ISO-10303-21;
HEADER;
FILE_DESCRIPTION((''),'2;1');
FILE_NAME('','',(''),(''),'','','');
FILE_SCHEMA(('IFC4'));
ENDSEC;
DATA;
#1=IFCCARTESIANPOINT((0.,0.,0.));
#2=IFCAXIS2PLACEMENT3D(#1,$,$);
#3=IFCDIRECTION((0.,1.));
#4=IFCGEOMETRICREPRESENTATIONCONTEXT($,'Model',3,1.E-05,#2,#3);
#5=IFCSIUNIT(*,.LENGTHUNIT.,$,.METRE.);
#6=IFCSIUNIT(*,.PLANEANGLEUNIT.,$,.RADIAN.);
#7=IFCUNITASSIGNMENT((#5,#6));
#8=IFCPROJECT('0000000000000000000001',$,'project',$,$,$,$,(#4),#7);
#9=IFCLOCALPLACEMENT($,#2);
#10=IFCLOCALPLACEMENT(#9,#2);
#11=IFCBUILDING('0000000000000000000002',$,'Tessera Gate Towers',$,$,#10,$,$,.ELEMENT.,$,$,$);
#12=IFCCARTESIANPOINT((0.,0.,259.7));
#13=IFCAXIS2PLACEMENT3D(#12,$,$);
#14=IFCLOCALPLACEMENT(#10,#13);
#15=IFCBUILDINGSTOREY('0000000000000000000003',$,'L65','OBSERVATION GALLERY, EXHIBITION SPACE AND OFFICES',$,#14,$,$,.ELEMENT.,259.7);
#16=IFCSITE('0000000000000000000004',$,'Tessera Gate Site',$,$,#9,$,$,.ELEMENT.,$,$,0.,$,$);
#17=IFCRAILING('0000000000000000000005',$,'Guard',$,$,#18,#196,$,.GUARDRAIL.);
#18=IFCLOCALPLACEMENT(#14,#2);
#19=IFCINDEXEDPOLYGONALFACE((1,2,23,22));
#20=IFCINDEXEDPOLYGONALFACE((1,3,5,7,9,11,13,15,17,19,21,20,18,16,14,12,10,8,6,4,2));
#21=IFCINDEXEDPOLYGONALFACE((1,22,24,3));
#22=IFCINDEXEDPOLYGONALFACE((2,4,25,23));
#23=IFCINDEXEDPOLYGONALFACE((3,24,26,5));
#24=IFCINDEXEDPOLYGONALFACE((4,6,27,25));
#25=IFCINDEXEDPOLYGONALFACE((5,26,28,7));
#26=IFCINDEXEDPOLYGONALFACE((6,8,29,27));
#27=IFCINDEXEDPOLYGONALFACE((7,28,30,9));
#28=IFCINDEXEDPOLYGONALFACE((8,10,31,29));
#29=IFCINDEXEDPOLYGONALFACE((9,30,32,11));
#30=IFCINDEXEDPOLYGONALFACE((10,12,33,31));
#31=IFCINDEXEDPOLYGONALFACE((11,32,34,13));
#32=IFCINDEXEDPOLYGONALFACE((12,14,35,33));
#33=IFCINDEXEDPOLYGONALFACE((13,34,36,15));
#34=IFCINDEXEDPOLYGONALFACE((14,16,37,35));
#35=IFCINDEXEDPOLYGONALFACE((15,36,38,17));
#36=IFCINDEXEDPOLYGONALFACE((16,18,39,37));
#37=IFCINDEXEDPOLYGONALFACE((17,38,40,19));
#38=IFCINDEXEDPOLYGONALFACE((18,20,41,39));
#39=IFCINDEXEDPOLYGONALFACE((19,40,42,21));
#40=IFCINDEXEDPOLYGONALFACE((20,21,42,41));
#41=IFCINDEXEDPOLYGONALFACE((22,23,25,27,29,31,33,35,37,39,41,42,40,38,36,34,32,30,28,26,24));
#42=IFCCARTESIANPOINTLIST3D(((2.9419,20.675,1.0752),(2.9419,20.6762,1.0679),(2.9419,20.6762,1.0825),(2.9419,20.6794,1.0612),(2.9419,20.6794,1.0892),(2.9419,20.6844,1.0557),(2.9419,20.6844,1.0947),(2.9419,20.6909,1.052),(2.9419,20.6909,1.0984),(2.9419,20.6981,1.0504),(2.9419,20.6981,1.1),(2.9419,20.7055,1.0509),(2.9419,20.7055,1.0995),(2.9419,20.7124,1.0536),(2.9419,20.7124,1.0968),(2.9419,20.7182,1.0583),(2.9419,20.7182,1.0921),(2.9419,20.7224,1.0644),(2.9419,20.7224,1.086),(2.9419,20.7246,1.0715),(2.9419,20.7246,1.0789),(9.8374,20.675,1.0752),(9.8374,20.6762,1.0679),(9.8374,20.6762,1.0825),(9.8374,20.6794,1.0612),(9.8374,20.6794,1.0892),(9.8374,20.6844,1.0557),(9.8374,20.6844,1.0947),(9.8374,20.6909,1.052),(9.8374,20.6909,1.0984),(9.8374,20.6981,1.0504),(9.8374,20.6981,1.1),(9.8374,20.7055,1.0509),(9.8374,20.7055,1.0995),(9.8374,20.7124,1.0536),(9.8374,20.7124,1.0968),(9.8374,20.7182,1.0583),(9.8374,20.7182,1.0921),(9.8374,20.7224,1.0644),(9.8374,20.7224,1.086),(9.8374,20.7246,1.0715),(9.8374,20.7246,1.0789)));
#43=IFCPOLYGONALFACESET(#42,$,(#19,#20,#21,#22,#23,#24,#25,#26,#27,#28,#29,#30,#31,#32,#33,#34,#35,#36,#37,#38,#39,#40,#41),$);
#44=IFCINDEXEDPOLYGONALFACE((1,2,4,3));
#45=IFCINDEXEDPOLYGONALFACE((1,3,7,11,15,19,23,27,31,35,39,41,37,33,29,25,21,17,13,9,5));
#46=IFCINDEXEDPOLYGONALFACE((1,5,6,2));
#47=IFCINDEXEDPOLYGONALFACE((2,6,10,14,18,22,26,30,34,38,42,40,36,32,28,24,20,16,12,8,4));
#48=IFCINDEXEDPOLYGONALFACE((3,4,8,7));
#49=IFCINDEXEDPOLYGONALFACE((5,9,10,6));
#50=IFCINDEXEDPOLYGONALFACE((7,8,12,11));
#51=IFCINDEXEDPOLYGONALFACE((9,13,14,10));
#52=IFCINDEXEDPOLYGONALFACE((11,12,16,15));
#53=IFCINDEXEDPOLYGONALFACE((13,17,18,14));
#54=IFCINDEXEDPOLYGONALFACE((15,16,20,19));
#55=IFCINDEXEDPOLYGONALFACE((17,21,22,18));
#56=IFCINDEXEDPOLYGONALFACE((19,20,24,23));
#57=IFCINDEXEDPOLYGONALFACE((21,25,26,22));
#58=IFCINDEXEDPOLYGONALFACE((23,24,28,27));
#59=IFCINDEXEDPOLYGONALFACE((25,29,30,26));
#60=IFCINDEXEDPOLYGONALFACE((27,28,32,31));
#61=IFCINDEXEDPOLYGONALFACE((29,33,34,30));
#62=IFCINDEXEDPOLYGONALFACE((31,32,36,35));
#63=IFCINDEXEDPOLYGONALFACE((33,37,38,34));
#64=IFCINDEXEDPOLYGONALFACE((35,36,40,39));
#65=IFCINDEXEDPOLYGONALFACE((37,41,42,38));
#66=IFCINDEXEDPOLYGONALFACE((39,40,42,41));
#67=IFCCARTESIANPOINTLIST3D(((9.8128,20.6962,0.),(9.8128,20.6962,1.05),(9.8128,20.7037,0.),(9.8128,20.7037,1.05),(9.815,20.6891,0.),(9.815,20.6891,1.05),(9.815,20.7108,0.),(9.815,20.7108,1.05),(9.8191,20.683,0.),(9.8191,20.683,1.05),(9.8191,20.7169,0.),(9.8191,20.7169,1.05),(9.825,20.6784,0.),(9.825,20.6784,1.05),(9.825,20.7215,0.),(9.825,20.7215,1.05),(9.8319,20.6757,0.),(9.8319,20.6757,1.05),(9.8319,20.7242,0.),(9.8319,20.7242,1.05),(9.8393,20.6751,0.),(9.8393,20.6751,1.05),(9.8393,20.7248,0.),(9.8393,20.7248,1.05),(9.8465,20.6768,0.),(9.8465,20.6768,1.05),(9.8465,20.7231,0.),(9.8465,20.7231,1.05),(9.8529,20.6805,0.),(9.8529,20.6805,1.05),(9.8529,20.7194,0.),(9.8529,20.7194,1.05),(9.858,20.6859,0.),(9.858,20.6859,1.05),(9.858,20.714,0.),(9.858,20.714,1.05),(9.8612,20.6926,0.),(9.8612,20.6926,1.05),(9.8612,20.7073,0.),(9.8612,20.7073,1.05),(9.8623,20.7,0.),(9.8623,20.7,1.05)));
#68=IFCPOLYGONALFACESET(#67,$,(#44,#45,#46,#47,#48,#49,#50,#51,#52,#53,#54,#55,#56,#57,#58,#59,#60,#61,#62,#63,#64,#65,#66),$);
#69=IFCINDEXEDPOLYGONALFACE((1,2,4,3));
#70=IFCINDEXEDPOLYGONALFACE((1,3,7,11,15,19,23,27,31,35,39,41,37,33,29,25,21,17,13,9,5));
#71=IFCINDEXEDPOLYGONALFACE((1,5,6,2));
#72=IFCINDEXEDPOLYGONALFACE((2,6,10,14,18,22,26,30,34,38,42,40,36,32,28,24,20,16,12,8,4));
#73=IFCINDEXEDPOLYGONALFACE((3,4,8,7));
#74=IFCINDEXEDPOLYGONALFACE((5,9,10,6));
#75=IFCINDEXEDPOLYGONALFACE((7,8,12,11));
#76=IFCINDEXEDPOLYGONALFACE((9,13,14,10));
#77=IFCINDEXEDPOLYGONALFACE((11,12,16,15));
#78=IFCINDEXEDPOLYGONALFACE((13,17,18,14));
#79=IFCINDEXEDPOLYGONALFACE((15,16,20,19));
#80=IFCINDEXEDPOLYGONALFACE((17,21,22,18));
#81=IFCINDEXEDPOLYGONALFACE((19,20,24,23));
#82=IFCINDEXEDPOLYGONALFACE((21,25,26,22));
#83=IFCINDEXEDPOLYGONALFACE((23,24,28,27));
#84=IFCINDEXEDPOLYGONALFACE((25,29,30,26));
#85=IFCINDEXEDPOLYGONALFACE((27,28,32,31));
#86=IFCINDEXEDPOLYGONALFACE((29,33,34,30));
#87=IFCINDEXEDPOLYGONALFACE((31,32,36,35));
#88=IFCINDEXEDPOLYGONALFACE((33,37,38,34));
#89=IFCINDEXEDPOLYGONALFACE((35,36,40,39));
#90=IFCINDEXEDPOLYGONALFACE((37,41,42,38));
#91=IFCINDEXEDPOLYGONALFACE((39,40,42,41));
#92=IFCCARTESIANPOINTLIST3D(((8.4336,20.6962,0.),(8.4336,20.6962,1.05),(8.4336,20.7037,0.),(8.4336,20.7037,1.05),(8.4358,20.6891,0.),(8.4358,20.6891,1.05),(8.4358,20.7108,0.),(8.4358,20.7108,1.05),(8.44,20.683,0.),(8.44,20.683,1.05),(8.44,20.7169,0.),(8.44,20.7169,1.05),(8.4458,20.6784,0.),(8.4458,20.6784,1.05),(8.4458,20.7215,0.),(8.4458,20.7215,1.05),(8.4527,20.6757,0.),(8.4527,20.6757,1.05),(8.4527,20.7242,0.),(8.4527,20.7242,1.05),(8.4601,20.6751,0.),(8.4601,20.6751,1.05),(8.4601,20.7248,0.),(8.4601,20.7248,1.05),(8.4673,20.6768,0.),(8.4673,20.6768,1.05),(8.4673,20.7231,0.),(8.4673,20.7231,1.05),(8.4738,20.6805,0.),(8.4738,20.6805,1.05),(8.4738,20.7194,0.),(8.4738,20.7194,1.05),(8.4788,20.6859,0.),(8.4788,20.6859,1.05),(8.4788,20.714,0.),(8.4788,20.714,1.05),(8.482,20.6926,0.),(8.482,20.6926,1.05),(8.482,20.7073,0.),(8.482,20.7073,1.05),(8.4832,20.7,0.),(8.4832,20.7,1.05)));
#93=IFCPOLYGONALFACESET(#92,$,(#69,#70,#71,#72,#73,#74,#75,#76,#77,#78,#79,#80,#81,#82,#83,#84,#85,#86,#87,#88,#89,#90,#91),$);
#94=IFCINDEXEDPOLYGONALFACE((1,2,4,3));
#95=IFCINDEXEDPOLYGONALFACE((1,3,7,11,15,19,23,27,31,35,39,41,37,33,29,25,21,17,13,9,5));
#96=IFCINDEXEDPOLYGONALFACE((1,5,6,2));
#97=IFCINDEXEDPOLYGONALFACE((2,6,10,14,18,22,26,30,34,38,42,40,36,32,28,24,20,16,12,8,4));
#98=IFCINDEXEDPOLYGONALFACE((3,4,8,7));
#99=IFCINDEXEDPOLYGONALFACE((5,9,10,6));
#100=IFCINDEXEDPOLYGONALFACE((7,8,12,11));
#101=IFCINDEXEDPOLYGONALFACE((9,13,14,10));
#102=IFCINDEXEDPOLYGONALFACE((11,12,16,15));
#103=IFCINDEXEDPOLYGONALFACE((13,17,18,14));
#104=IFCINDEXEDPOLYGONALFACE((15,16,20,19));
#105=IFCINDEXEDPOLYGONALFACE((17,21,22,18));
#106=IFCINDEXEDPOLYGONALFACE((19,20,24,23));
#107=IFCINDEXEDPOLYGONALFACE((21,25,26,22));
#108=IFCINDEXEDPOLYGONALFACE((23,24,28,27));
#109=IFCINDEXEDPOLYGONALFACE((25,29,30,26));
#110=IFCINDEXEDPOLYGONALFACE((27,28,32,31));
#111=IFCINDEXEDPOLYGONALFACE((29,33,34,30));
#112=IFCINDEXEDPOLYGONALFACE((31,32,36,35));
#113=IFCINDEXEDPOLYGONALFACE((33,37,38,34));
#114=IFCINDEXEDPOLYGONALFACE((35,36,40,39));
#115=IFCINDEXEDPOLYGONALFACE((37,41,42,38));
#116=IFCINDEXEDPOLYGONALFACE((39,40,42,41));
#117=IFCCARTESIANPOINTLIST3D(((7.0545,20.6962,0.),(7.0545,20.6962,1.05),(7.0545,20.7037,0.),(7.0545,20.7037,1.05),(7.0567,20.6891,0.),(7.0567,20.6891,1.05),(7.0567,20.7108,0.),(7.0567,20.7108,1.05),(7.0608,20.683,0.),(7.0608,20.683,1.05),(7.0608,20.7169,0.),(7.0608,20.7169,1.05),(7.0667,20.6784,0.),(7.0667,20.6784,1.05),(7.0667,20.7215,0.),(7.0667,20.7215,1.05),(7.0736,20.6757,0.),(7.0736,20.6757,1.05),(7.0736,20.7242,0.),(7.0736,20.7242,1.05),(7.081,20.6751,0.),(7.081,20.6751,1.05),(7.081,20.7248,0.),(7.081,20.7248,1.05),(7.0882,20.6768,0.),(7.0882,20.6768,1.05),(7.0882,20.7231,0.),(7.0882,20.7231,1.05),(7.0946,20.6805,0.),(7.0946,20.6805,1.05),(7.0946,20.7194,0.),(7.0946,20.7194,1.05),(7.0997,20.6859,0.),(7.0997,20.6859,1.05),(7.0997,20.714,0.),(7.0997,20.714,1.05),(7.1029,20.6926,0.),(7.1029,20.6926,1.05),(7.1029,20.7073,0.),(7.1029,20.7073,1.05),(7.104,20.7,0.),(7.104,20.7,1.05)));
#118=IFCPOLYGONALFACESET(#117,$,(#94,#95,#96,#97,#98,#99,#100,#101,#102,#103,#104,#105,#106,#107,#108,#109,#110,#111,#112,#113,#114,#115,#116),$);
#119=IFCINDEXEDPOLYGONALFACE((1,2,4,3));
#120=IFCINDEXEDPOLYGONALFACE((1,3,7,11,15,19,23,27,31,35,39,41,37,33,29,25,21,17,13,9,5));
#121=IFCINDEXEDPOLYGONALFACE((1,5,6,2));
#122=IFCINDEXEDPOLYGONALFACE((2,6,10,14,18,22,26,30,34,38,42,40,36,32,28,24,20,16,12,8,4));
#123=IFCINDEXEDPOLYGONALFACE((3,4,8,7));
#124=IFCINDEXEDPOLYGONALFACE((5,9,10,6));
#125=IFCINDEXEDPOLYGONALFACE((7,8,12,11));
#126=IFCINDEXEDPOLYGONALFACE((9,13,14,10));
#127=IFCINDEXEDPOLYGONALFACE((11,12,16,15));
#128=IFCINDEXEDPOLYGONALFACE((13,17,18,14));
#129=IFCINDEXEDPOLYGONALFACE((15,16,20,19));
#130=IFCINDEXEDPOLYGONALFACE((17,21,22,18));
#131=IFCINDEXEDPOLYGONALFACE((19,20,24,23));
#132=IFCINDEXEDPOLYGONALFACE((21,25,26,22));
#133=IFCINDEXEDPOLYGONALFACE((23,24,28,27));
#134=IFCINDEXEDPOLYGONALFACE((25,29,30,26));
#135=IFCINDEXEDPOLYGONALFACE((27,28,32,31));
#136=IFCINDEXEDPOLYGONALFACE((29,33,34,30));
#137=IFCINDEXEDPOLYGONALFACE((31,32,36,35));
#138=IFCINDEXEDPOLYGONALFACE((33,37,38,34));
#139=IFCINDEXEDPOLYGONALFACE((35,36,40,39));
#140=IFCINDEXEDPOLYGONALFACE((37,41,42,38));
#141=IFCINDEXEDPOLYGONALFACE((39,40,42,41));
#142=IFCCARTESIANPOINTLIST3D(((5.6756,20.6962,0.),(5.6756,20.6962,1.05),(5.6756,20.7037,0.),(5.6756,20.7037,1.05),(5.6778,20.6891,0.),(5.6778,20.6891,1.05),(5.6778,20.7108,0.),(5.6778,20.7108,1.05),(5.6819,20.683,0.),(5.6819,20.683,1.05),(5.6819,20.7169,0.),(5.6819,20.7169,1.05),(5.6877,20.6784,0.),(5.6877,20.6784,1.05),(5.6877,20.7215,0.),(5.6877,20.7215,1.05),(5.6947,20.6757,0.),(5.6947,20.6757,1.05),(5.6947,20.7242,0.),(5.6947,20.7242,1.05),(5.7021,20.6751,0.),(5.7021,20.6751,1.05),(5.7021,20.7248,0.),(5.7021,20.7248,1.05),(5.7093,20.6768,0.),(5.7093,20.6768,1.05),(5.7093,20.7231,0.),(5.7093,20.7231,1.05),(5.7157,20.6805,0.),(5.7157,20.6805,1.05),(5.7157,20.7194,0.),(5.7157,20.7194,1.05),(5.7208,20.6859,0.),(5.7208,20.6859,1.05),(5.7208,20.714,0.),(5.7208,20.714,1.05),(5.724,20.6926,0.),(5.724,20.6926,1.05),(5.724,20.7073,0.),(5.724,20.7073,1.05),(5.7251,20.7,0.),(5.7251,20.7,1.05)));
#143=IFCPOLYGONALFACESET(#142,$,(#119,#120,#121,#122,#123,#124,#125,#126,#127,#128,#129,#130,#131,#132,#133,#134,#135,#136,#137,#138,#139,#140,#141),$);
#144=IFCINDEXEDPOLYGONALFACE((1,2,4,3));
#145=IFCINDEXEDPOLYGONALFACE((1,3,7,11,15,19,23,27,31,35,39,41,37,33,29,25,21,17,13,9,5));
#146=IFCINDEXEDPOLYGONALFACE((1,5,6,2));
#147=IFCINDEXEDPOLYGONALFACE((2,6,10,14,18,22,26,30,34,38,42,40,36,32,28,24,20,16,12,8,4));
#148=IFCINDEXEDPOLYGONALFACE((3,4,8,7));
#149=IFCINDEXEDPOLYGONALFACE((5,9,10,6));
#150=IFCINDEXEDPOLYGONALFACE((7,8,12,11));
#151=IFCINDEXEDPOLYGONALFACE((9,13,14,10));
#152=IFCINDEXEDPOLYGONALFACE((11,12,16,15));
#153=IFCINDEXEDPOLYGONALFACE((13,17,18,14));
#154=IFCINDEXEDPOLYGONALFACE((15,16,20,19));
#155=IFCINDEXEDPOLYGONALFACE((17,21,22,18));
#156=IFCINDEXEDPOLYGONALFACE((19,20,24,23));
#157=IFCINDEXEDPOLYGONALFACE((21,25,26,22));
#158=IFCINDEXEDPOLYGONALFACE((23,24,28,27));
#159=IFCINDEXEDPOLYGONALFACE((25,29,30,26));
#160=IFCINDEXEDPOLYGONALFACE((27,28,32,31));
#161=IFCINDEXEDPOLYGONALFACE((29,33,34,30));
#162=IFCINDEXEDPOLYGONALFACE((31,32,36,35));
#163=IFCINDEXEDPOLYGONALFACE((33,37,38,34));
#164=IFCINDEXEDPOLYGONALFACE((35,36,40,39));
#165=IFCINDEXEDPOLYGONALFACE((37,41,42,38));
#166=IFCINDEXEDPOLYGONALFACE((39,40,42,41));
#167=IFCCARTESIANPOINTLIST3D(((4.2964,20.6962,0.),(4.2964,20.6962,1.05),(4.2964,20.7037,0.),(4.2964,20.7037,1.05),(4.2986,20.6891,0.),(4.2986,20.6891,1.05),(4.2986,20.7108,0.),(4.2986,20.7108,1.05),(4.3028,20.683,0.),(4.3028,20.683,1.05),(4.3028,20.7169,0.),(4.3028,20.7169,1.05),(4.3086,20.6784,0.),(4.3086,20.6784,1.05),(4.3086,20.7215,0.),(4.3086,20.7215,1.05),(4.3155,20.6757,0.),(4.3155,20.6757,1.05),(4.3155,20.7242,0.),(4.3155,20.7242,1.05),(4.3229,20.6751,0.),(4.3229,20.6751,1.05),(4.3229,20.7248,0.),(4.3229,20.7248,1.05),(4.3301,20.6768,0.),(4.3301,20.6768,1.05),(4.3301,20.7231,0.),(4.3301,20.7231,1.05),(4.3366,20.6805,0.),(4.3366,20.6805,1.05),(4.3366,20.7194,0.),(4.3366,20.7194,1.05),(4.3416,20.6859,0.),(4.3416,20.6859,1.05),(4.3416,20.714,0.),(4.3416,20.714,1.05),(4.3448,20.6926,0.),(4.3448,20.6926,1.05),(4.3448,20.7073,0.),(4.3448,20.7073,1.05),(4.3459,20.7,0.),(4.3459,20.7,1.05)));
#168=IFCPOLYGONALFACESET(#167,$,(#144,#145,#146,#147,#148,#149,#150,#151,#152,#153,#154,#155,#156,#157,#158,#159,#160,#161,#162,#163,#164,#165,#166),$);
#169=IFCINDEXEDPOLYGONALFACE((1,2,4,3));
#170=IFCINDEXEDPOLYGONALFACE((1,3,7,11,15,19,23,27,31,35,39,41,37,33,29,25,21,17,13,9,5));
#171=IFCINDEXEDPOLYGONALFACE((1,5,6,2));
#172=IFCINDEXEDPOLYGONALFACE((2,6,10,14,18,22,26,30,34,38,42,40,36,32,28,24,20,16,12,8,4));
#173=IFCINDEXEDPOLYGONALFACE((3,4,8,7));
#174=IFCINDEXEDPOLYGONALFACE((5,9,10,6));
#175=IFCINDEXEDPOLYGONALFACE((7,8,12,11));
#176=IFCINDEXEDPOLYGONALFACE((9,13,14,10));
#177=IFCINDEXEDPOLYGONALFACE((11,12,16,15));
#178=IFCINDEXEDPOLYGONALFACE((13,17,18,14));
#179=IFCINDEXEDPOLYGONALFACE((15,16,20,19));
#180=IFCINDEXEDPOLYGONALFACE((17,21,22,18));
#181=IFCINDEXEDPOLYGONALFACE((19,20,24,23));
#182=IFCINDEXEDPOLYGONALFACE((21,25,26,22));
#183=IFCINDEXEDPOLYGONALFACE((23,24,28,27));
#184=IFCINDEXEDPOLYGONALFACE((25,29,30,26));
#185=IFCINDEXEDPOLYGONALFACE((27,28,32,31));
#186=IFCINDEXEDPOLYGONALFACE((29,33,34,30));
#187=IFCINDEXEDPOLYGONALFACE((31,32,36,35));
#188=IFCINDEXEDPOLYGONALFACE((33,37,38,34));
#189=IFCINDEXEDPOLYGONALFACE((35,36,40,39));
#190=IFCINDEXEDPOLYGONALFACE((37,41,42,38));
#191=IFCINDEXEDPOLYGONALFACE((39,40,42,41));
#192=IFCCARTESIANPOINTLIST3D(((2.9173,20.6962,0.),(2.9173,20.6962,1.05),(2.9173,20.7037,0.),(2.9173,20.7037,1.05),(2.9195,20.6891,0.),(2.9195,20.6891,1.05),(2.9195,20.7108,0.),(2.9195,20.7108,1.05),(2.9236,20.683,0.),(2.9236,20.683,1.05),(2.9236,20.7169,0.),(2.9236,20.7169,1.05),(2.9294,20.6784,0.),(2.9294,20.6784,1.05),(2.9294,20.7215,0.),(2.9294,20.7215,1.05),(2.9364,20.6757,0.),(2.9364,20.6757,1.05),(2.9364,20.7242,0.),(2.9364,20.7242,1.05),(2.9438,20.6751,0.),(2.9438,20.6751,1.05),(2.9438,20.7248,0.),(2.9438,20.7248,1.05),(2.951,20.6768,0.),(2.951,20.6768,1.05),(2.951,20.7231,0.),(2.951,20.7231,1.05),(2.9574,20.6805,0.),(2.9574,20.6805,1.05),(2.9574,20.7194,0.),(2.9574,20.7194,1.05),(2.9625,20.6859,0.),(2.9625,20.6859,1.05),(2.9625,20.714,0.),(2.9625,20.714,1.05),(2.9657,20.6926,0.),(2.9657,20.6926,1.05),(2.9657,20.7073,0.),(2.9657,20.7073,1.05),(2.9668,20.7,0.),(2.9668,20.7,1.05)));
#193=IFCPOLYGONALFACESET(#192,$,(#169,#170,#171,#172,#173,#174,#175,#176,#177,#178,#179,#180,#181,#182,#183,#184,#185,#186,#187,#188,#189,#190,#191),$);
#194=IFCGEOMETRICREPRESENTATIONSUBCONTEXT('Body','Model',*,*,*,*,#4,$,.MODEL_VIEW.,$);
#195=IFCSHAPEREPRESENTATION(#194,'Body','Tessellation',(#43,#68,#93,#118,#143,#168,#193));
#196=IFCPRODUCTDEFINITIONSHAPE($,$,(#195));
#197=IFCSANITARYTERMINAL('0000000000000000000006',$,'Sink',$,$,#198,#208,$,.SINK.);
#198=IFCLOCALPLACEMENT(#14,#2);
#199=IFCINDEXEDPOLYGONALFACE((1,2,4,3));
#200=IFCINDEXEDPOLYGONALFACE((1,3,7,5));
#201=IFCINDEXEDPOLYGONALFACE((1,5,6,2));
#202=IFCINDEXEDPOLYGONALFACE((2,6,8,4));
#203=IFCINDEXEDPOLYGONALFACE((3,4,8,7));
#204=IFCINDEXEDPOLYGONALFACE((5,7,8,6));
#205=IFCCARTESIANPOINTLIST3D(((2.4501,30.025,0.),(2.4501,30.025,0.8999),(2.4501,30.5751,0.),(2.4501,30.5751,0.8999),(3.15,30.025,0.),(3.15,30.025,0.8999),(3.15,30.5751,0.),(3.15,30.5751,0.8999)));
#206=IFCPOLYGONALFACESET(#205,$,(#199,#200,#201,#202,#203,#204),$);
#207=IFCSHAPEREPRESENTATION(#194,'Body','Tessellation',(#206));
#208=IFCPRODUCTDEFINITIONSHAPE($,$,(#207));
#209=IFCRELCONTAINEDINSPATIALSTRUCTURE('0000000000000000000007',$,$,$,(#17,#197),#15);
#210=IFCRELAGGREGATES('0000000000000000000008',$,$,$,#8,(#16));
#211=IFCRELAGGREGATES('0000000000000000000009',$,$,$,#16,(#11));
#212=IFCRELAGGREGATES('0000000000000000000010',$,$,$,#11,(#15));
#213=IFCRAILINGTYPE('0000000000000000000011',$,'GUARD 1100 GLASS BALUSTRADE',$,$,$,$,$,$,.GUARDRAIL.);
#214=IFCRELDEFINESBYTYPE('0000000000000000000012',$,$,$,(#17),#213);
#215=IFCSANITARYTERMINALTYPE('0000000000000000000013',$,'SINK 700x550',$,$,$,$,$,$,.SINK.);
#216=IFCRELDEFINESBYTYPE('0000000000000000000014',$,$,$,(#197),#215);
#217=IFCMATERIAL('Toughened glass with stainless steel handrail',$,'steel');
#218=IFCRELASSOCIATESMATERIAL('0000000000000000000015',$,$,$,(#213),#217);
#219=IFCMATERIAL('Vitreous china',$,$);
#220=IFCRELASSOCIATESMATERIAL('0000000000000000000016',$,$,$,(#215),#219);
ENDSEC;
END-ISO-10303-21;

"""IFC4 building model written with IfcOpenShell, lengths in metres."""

from ifc_helpers import new_model, si_unit, direction, frame, origin, origin_2d, place, context, subcontext, project, spatial, rectangle, circle, extrude, material, type_object, element, save


model = new_model("IFC4")

# Units and contexts
model_context = context("Model", 3, precision=1e-05, world=origin(), true_north=direction((0.0, 1.0)))
body_context = subcontext(model_context, "Body", "Model", "MODEL_VIEW")
ifc_project = project(units=[si_unit("LENGTHUNIT", "METRE"), si_unit("PLANEANGLEUNIT", "RADIAN")], contexts=[model_context])

# Site, building, storey
site_placement = place(None, origin())
site = spatial("IfcSite", under=ifc_project, at=site_placement, Name="Tessera Gate Site", CompositionType="ELEMENT", RefElevation=0.0)
building_placement = place(site_placement, origin())
building = spatial("IfcBuilding", under=site, at=building_placement, Name="Tessera Gate Towers", CompositionType="ELEMENT")
storey_placement = place(building_placement, frame((0.0, 0.0, 259.7)))
storey = spatial("IfcBuildingStorey", under=building, at=storey_placement, Name="L65", Description="OBSERVATION GALLERY, EXHIBITION SPACE AND OFFICES", CompositionType="ELEMENT", Elevation=259.7)

# Railing
ifc_material_1 = material(Name="Toughened glass with stainless steel handrail", Category="steel")
railing_type_1 = type_object("IfcRailingType", Name="GUARD 1100 GLASS BALUSTRADE", PredefinedType="GUARDRAIL", material=ifc_material_1)
railing_1_placement = place(storey_placement, frame((9.8374, 20.7, 0.0)))
element("IfcRailing", 1, at=railing_1_placement, inside=storey, type_object=railing_type_1, Name="Guard", PredefinedType="GUARDRAIL", context=body_context, shape_type="SweptSolid", body=[
    extrude(circle(Radius=0.0249, at=origin_2d()), frame((0.0, 0.0, 1.0752), z_axis=(-1.0, 0.0, 0.0), x_axis=(0.0, -1.0, 0.0)), (0.0, 0.0, 1.0), 6.8955),
    extrude(circle(Radius=0.0249, at=origin_2d()), origin(), (0.0, 0.0, 1.0), 1.05),
    extrude(circle(Radius=0.0249, at=origin_2d()), frame((-1.3792, 0.0, 0.0)), (0.0, 0.0, 1.0), 1.05),
    extrude(circle(Radius=0.0249, at=origin_2d()), frame((-2.7583, 0.0, 0.0)), (0.0, 0.0, 1.0), 1.05),
    extrude(circle(Radius=0.0249, at=origin_2d()), frame((-4.1372, 0.0, 0.0)), (0.0, 0.0, 1.0), 1.05),
    extrude(circle(Radius=0.0249, at=origin_2d()), frame((-5.5164, 0.0, 0.0)), (0.0, 0.0, 1.0), 1.05),
    extrude(circle(Radius=0.0249, at=origin_2d()), frame((-6.8955, 0.0, 0.0)), (0.0, 0.0, 1.0), 1.05),
])

# Sanitary terminal
ifc_material_2 = material(Name="Vitreous china")
sanitary_terminal_type = type_object("IfcSanitaryTerminalType", Name="SINK 700x550", PredefinedType="SINK", material=ifc_material_2)
sanitary_terminal_placement = place(storey_placement, frame((2.8, 30.3, 0.0), z_axis=(0.0, 0.0, 1.0), x_axis=(1.0, 0.0, 0.0)))
element("IfcSanitaryTerminal", 2, at=sanitary_terminal_placement, inside=storey, type_object=sanitary_terminal_type, Name="Sink", PredefinedType="SINK", context=body_context, shape_type="SweptSolid", body=[
    extrude(rectangle(XDim=0.7, YDim=0.55, at=origin_2d()), origin(), (0.0, 0.0, 1.0), 0.8999),
])

save(model, "model.ifc")
